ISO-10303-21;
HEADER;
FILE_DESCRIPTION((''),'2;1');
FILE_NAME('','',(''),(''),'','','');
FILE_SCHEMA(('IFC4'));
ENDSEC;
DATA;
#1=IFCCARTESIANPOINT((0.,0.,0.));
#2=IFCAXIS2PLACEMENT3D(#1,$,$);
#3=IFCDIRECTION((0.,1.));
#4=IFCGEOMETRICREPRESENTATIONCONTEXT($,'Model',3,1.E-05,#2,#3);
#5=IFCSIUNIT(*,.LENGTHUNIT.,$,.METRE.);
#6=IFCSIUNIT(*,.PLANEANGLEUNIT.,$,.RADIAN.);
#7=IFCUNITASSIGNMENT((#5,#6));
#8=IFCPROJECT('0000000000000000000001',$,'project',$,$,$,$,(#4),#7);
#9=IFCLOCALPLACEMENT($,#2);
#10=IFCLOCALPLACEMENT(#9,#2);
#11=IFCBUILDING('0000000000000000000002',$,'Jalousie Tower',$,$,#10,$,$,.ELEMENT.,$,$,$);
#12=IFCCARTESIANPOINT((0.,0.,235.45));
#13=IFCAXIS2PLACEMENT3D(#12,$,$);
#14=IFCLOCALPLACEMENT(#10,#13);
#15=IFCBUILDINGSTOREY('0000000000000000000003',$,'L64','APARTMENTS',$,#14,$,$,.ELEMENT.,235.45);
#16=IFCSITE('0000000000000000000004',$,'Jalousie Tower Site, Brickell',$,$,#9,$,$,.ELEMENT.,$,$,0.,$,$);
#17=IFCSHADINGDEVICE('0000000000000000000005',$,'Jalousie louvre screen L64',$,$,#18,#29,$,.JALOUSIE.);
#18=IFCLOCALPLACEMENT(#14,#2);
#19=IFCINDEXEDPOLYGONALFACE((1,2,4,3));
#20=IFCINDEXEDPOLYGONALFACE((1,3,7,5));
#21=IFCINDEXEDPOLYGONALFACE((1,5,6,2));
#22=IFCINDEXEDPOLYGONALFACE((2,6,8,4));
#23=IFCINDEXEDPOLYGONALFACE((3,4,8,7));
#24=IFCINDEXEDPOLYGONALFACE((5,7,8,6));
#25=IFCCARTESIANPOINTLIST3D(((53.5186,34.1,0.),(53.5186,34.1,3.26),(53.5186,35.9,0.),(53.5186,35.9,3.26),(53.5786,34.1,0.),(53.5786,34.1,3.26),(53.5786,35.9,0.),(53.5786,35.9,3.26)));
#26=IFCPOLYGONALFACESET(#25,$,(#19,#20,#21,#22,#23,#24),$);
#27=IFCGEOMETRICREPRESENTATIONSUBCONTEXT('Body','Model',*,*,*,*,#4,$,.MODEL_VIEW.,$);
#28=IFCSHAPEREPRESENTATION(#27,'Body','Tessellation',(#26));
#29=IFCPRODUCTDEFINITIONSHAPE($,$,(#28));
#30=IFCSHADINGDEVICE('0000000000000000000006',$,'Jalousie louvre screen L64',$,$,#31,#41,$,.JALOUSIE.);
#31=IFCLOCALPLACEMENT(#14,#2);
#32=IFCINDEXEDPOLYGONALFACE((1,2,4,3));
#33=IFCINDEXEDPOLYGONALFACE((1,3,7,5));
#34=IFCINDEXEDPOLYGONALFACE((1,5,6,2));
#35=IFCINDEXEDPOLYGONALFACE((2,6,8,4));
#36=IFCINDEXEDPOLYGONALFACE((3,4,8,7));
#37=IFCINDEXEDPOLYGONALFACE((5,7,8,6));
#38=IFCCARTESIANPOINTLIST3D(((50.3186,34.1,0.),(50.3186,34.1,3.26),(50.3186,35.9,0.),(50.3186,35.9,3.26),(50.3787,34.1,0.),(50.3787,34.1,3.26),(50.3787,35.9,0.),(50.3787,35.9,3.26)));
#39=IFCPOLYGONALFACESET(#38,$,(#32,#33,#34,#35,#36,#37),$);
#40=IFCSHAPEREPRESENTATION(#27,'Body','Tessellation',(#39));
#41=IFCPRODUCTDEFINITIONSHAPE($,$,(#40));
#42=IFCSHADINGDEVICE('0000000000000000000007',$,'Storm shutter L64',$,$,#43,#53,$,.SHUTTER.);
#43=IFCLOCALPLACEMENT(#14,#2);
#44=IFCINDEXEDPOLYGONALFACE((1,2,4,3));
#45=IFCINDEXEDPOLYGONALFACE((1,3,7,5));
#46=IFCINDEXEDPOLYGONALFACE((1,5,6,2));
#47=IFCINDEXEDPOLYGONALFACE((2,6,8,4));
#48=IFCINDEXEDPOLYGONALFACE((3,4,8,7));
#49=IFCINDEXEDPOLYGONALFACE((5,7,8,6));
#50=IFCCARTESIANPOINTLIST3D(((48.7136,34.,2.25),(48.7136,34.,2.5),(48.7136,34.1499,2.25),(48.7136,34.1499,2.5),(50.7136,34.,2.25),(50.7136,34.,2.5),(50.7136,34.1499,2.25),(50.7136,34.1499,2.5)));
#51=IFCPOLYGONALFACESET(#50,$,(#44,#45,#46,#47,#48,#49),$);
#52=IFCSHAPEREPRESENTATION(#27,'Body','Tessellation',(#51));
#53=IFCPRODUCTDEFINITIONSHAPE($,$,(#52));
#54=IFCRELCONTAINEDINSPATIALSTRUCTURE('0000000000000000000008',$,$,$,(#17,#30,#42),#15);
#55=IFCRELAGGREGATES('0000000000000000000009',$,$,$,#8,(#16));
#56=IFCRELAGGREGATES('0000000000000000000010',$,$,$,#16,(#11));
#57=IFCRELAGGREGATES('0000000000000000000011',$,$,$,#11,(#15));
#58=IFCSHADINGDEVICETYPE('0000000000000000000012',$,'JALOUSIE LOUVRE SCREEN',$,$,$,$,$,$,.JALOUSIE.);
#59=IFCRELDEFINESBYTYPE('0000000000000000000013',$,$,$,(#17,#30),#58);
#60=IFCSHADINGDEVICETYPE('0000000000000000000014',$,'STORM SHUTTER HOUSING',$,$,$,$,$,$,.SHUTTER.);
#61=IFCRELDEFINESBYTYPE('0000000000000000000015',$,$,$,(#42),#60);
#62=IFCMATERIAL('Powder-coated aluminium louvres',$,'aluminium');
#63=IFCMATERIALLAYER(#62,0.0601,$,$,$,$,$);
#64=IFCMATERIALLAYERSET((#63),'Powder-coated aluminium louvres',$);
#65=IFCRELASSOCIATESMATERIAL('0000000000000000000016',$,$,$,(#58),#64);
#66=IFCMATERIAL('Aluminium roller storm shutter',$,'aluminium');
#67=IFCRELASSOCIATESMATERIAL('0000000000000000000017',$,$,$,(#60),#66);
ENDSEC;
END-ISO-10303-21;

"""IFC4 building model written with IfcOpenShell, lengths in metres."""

from ifc_helpers import new_model, si_unit, direction, frame, origin, origin_2d, place, context, subcontext, project, spatial, rectangle, extrude, material, layer, layer_set, type_object, element, save


model = new_model("IFC4")

# Units and contexts
model_context = context("Model", 3, precision=1e-05, world=origin(), true_north=direction((0.0, 1.0)))
body_context = subcontext(model_context, "Body", "Model", "MODEL_VIEW")
ifc_project = project(units=[si_unit("LENGTHUNIT", "METRE"), si_unit("PLANEANGLEUNIT", "RADIAN")], contexts=[model_context])

# Site, building, storey
site_placement = place(None, origin())
site = spatial("IfcSite", under=ifc_project, at=site_placement, Name="Jalousie Tower Site, Brickell", CompositionType="ELEMENT", RefElevation=0.0)
building_placement = place(site_placement, origin())
building = spatial("IfcBuilding", under=site, at=building_placement, Name="Jalousie Tower", CompositionType="ELEMENT")
storey_placement = place(building_placement, frame((0.0, 0.0, 235.45)))
storey = spatial("IfcBuildingStorey", under=building, at=storey_placement, Name="L64", Description="APARTMENTS", CompositionType="ELEMENT", Elevation=235.45)

# Shading devices
ifc_material_1 = material(Name="Powder-coated aluminium louvres", Category="aluminium")
ifc_layer_1 = layer(ifc_material_1, 0.0601)
ifc_layer_set_1 = layer_set([ifc_layer_1], Name="Powder-coated aluminium louvres")
shading_device_type_1 = type_object("IfcShadingDeviceType", Name="JALOUSIE LOUVRE SCREEN", PredefinedType="JALOUSIE", material=ifc_layer_set_1)
for number, where, z_axis, x_axis, name in (
    (1, (53.5486, 35.0, 0.0), (0.0, 0.0, 1.0), (-1.0, 0.0, 0.0), "Jalousie louvre screen L64"),
    (2, (50.3486, 35.0, 0.0), (0.0, 0.0, 1.0), (-1.0, 0.0, 0.0), "Jalousie louvre screen L64"),
):
    element("IfcShadingDevice", number, at=place(storey_placement, frame(where, z_axis=z_axis, x_axis=x_axis)), inside=storey, type_object=shading_device_type_1, Name=name, PredefinedType="JALOUSIE", context=body_context, shape_type="SweptSolid", body=[
        extrude(rectangle(XDim=0.0601, YDim=1.8, at=origin_2d()), origin(), (0.0, 0.0, 1.0), 3.26),
    ])
ifc_material_2 = material(Name="Aluminium roller storm shutter", Category="aluminium")
shading_device_type_2 = type_object("IfcShadingDeviceType", Name="STORM SHUTTER HOUSING", PredefinedType="SHUTTER", material=ifc_material_2)
shading_device_placement = place(storey_placement, frame((49.7136, 34.075, 2.25), z_axis=(0.0, 0.0, 1.0), x_axis=(-1.0, 0.0, 0.0)))
element("IfcShadingDevice", 3, at=shading_device_placement, inside=storey, type_object=shading_device_type_2, Name="Storm shutter L64", PredefinedType="SHUTTER", context=body_context, shape_type="SweptSolid", body=[
    extrude(rectangle(XDim=2.0, YDim=0.1499, at=origin_2d()), origin(), (0.0, 0.0, 1.0), 0.25),
])

save(model, "model.ifc")
